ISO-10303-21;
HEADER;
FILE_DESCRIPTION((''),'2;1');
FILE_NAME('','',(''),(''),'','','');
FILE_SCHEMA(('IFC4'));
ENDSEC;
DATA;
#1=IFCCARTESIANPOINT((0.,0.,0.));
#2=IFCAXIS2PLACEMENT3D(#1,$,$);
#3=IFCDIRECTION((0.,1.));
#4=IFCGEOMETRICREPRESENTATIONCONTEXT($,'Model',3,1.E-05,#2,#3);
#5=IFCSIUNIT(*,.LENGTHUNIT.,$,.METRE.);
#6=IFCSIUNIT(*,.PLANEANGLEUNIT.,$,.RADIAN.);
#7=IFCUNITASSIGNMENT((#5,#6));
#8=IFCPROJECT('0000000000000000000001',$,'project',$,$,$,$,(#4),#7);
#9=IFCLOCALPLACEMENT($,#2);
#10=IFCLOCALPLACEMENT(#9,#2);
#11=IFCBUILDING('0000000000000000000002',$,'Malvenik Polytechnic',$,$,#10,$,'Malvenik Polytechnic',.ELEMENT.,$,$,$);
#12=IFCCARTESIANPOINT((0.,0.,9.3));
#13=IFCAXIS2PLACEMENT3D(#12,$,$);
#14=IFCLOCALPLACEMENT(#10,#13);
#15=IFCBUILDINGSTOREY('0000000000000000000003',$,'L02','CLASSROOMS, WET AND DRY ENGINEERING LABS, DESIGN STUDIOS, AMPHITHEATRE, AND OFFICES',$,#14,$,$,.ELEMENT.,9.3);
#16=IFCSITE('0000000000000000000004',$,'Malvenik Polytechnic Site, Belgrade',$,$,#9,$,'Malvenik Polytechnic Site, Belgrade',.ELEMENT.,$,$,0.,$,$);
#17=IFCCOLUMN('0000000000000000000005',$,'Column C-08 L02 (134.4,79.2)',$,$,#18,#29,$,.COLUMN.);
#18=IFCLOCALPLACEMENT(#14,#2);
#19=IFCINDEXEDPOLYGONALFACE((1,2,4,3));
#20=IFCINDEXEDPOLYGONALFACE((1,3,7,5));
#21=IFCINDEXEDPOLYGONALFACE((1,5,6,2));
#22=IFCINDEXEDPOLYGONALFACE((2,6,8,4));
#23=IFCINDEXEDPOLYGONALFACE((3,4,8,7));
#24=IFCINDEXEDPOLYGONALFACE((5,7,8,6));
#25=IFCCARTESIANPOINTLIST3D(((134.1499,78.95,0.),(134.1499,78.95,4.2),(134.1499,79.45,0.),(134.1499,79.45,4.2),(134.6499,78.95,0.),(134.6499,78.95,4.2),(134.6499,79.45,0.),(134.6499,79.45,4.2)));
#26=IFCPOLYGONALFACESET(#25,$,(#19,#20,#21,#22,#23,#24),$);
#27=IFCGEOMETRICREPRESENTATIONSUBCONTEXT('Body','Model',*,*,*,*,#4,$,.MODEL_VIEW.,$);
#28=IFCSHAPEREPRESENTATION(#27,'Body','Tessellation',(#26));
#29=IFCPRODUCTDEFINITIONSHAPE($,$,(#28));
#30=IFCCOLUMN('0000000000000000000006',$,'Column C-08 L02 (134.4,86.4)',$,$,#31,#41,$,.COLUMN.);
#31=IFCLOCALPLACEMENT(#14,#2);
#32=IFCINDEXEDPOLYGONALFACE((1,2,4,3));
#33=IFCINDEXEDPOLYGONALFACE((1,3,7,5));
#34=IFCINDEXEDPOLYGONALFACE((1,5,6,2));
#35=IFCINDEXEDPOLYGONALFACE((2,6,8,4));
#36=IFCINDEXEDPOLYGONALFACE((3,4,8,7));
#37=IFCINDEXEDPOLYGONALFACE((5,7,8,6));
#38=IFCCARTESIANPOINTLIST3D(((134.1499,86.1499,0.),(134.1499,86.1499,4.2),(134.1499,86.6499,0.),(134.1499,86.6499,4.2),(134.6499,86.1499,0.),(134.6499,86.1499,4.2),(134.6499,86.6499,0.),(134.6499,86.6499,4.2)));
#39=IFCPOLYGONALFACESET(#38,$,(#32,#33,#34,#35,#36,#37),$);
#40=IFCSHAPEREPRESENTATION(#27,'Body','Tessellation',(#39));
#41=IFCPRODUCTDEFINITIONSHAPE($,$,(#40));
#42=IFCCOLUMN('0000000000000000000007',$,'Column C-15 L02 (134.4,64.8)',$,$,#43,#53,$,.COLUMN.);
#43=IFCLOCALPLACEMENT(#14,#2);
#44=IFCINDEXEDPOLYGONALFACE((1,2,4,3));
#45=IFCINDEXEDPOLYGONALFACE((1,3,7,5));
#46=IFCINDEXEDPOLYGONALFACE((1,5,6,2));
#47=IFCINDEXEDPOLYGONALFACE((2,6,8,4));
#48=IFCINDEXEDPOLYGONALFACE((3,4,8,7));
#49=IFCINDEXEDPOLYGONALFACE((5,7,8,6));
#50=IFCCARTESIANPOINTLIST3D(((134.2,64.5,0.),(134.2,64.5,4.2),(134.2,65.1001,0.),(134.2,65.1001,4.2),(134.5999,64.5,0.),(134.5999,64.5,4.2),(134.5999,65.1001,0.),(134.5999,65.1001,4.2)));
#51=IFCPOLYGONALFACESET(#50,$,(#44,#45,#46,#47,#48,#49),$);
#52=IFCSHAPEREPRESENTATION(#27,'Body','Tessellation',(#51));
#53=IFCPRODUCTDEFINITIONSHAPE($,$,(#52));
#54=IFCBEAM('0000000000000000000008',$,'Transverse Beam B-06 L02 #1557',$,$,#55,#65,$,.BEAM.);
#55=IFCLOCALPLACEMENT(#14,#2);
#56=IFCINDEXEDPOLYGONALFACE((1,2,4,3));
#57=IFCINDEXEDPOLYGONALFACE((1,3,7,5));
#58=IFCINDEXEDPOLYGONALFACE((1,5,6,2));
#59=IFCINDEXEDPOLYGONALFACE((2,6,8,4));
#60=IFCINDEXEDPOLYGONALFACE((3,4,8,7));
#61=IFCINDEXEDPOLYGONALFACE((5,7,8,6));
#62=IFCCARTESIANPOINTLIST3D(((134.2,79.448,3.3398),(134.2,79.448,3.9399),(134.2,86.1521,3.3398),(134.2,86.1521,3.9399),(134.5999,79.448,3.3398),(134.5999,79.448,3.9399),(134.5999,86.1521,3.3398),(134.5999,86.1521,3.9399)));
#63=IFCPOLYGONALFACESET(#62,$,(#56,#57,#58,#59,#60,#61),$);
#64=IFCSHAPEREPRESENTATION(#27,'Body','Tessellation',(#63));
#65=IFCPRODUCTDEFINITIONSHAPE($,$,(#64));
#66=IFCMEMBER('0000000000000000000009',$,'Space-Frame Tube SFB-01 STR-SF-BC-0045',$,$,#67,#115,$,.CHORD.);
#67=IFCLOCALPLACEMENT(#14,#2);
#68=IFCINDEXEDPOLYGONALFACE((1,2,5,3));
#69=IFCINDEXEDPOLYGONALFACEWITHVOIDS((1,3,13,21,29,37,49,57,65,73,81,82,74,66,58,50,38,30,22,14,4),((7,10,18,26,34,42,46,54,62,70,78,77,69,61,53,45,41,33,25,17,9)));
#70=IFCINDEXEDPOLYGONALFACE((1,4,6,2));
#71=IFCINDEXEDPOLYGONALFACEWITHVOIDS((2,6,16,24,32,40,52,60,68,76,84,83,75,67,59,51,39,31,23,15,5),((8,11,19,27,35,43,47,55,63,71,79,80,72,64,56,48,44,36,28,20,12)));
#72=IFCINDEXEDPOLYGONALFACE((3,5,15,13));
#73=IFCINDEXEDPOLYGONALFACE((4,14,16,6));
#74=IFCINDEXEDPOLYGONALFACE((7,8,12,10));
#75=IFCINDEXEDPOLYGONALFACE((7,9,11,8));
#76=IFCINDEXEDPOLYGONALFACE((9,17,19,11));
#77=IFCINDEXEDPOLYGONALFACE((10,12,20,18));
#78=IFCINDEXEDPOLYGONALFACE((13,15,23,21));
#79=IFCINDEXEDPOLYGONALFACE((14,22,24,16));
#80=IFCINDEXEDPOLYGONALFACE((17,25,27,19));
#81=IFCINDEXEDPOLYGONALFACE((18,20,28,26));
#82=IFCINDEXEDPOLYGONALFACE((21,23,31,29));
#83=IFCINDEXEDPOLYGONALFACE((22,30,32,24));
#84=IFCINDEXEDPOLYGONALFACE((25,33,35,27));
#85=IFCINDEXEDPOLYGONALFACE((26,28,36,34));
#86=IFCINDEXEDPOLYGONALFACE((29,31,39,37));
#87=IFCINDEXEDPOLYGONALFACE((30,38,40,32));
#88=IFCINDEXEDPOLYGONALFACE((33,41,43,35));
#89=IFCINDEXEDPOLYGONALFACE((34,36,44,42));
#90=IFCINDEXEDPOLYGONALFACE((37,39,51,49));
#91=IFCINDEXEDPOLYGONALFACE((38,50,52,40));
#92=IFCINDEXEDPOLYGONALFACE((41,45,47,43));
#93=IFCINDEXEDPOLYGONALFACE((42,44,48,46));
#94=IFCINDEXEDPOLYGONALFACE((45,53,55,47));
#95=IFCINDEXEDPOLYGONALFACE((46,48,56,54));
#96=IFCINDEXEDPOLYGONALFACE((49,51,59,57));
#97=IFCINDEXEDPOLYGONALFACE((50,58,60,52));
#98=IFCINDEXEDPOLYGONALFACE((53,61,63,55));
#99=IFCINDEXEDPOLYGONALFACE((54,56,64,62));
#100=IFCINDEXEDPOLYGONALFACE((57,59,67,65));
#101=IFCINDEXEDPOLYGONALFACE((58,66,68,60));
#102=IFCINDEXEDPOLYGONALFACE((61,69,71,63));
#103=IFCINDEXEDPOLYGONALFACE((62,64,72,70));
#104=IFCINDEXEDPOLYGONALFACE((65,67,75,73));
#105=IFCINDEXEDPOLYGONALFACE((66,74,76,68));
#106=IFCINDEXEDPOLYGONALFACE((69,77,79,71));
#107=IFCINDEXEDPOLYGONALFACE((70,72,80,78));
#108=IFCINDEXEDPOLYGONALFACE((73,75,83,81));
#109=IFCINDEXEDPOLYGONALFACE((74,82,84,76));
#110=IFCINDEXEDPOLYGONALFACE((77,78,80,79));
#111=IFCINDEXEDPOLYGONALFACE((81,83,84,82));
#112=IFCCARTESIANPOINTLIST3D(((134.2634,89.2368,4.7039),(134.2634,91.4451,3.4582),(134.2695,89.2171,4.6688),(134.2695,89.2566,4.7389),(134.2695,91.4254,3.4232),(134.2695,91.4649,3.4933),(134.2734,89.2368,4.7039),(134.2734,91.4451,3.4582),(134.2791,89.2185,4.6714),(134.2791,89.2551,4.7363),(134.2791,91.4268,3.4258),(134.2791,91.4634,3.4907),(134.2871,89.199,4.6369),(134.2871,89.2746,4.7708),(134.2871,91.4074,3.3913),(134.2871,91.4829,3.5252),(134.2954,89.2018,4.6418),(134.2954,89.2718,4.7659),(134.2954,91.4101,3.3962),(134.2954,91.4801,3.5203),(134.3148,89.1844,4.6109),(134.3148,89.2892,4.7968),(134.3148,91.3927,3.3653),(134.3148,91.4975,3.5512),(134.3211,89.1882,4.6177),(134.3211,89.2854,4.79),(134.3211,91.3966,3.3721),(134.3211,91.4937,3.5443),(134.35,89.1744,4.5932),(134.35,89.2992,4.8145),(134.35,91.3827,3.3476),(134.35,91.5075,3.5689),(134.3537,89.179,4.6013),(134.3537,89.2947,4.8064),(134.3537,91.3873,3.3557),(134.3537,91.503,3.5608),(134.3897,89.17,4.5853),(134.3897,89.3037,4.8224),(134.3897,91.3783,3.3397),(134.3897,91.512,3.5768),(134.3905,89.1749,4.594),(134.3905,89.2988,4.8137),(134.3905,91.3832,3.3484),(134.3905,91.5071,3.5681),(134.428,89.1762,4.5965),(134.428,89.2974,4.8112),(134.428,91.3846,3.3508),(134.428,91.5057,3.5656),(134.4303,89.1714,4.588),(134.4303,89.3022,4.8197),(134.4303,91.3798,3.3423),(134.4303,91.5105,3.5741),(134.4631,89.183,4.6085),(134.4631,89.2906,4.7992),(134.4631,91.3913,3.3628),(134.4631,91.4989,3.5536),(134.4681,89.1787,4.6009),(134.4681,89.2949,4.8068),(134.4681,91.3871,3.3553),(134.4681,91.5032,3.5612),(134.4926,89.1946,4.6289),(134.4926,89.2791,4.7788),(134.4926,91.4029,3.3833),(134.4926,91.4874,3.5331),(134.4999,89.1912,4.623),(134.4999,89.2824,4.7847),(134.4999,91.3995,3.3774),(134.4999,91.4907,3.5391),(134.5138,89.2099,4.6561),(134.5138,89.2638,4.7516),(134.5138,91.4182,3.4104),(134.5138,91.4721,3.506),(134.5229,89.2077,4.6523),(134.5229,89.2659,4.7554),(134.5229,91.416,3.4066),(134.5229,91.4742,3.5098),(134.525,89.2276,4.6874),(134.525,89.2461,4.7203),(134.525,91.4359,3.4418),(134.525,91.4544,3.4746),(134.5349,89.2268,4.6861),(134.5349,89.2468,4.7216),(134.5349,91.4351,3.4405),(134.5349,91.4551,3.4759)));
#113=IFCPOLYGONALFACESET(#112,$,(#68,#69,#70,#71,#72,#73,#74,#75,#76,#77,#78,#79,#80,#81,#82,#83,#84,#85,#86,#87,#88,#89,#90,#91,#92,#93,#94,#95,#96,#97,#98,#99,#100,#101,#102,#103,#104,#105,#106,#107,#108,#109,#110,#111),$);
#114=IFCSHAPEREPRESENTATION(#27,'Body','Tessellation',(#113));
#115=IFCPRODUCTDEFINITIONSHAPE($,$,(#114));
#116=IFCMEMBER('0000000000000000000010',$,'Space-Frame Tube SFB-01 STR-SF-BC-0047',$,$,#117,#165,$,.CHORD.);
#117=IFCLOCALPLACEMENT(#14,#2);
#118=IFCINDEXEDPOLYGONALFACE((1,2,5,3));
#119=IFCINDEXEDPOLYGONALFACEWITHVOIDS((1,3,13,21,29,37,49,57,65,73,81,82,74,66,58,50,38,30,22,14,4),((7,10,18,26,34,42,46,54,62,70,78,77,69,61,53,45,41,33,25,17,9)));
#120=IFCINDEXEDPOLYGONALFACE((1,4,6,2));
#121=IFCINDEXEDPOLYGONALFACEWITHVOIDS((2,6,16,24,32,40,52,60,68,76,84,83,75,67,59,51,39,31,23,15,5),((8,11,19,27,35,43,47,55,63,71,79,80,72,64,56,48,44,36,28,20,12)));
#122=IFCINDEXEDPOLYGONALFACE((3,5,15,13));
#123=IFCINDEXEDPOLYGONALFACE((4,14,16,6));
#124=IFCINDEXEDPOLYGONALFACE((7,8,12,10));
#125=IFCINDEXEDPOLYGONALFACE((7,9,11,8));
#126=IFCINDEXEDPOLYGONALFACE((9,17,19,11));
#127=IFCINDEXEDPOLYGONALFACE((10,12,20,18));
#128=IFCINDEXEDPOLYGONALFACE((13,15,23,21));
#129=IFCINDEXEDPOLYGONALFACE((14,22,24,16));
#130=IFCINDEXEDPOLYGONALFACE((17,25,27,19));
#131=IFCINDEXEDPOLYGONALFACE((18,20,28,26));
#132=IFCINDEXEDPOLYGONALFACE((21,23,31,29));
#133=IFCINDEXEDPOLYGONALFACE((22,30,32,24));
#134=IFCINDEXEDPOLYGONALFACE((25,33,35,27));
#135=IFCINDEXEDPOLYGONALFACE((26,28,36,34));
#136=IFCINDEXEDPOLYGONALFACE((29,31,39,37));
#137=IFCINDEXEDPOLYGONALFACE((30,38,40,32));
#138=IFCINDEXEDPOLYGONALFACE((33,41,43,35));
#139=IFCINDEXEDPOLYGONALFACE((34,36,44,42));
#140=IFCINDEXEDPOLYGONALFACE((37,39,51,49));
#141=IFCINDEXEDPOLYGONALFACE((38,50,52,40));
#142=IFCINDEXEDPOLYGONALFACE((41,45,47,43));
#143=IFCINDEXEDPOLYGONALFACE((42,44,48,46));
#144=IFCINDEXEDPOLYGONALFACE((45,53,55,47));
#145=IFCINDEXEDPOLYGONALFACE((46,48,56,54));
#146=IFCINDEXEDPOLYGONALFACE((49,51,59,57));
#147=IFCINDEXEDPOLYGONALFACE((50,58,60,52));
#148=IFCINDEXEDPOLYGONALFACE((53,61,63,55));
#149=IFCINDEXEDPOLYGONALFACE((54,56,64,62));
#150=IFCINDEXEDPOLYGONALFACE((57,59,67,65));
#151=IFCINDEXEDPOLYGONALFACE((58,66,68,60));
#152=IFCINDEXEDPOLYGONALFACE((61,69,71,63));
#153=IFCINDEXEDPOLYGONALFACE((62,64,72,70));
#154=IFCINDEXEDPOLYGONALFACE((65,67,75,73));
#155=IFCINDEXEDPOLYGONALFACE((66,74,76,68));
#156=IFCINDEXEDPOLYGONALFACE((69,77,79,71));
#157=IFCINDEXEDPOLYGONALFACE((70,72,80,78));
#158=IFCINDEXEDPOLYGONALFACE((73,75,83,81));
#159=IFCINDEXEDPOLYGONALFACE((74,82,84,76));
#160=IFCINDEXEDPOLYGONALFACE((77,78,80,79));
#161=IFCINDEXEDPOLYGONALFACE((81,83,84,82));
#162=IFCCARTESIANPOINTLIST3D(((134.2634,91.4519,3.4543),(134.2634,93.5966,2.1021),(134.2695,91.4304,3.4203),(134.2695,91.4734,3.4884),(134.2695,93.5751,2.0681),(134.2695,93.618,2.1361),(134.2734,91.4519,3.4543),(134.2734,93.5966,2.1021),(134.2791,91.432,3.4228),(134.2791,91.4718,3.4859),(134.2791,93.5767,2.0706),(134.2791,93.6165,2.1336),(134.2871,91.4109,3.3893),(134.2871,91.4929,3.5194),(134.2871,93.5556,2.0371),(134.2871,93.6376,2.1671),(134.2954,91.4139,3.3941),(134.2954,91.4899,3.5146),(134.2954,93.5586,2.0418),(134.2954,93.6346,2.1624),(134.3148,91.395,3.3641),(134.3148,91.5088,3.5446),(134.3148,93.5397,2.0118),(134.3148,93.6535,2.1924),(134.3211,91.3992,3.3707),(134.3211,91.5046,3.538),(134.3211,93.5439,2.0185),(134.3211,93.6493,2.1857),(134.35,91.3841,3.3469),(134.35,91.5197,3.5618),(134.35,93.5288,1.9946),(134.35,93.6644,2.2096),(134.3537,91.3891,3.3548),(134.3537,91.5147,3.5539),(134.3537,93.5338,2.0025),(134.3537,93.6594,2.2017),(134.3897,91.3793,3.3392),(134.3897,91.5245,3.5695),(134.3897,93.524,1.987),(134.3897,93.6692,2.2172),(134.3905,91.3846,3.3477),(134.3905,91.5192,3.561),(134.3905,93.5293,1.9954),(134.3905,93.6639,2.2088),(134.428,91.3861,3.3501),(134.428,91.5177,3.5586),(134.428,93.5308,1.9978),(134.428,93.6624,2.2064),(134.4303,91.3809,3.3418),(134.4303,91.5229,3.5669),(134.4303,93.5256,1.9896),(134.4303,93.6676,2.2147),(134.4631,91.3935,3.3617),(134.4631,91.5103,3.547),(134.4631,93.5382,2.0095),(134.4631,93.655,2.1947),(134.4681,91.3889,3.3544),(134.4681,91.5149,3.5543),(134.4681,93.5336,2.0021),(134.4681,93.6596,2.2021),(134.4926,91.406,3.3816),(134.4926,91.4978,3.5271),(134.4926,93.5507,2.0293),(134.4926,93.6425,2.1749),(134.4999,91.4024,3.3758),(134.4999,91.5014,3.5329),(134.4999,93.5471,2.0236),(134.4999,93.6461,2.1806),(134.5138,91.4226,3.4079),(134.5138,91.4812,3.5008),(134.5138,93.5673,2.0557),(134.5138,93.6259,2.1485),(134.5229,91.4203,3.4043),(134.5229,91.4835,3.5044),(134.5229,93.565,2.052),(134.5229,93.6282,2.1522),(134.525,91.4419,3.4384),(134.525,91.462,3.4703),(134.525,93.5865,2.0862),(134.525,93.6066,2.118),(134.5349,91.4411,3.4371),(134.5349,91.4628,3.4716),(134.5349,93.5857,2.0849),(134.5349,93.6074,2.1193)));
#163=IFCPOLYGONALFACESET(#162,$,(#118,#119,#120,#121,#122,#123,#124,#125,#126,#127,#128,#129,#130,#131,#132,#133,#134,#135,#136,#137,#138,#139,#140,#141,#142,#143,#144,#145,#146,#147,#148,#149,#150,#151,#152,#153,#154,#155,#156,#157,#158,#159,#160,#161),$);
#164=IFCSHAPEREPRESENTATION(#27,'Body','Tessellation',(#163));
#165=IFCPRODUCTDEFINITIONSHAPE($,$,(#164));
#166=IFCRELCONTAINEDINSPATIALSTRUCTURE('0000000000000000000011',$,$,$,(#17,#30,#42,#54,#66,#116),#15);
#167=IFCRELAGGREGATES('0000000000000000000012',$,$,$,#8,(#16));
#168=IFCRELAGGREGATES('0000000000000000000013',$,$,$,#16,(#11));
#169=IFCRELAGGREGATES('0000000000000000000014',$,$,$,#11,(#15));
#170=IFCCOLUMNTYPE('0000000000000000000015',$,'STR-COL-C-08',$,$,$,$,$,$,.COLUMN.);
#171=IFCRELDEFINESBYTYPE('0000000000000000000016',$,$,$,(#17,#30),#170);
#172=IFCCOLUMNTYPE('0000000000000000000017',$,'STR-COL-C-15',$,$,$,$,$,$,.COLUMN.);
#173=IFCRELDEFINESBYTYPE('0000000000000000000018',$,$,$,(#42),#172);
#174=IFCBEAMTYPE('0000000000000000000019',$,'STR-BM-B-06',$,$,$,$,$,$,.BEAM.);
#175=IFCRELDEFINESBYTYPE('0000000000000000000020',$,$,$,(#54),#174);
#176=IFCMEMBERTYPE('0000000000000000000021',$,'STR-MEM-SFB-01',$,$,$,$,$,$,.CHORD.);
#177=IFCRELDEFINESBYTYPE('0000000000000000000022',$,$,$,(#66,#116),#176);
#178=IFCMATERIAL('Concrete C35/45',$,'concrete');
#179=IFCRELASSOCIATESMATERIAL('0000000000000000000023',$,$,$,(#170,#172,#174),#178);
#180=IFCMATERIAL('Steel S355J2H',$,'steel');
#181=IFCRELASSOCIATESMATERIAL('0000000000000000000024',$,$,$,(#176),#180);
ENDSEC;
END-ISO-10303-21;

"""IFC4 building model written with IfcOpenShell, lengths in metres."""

from ifc_helpers import new_model, si_unit, direction, frame, origin, origin_2d, place, context, subcontext, project, spatial, rectangle, hollow_circle, extrude, material, material_profile, profile_set, type_object, element, save


model = new_model("IFC4")

# Units and contexts
model_context = context("Model", 3, precision=1e-05, world=origin(), true_north=direction((0.0, 1.0)))
body_context = subcontext(model_context, "Body", "Model", "MODEL_VIEW")
ifc_project = project(units=[si_unit("LENGTHUNIT", "METRE"), si_unit("PLANEANGLEUNIT", "RADIAN")], contexts=[model_context])

# Site, building, storey
site_placement = place(None, origin())
site = spatial("IfcSite", under=ifc_project, at=site_placement, Name="Malvenik Polytechnic Site, Belgrade", LongName="Malvenik Polytechnic Site, Belgrade", CompositionType="ELEMENT", RefElevation=0.0)
building_placement = place(site_placement, origin())
building = spatial("IfcBuilding", under=site, at=building_placement, Name="Malvenik Polytechnic", LongName="Malvenik Polytechnic", CompositionType="ELEMENT")
storey_placement = place(building_placement, frame((0.0, 0.0, 9.3)))
storey = spatial("IfcBuildingStorey", under=building, at=storey_placement, Name="L02", Description="CLASSROOMS, WET AND DRY ENGINEERING LABS, DESIGN STUDIOS, AMPHITHEATRE, AND OFFICES", CompositionType="ELEMENT", Elevation=9.3)

# Columns
ifc_material_1 = material(Name="Concrete C35/45", Category="concrete")
ifc_material_profile_1 = material_profile(ifc_material_1, rectangle(XDim=0.5, YDim=0.5, at=origin_2d()), Name="RC COL 500x500")
ifc_profile_set_1 = profile_set([ifc_material_profile_1], Name="Concrete C35/45")
column_type_1 = type_object("IfcColumnType", Name="STR-COL-C-08", PredefinedType="COLUMN", material=ifc_profile_set_1)
for number, where, z_axis, x_axis, name in (
    (1, (134.3999, 79.2, 0.0), (0.0, 0.0, 1.0), (1.0, 0.0, 0.0), "Column C-08 L02 (134.4,79.2)"),
    (2, (134.3999, 86.3999, 0.0), (0.0, 0.0, 1.0), (1.0, 0.0, 0.0), "Column C-08 L02 (134.4,86.4)"),
):
    element("IfcColumn", number, at=place(storey_placement, frame(where, z_axis=z_axis, x_axis=x_axis)), inside=storey, type_object=column_type_1, Name=name, PredefinedType="COLUMN", context=body_context, shape_type="SweptSolid", body=[
        extrude(rectangle(XDim=0.5, YDim=0.5, at=origin_2d()), origin(), (0.0, 0.0, 1.0), 4.2),
    ])
ifc_material_profile_2 = material_profile(ifc_material_1, rectangle(XDim=0.3999, YDim=0.6001, at=origin_2d()), Name="RC COL 600x400")
ifc_profile_set_2 = profile_set([ifc_material_profile_2], Name="Concrete C35/45")
column_type_2 = type_object("IfcColumnType", Name="STR-COL-C-15", PredefinedType="COLUMN", material=ifc_profile_set_2)
column_placement = place(storey_placement, frame((134.3999, 64.8, 0.0), z_axis=(0.0, 0.0, 1.0), x_axis=(1.0, 0.0, 0.0)))
element("IfcColumn", 3, at=column_placement, inside=storey, type_object=column_type_2, Name="Column C-15 L02 (134.4,64.8)", PredefinedType="COLUMN", context=body_context, shape_type="SweptSolid", body=[
    extrude(rectangle(XDim=0.3999, YDim=0.6001, at=origin_2d()), origin(), (0.0, 0.0, 1.0), 4.2),
])

# Beam
ifc_material_profile_3 = material_profile(ifc_material_1, rectangle(XDim=0.3999, YDim=0.6001, at=origin_2d()), Name="RC BM 400x600")
ifc_profile_set_3 = profile_set([ifc_material_profile_3], Name="Concrete C35/45")
beam_type = type_object("IfcBeamType", Name="STR-BM-B-06", PredefinedType="BEAM", material=ifc_profile_set_3)
beam_placement = place(storey_placement, frame((134.3999, 79.448, 3.6399), z_axis=(0.0, 1.0, 0.0), x_axis=(-1.0, 0.0, 0.0)))
element("IfcBeam", 4, at=beam_placement, inside=storey, type_object=beam_type, Name="Transverse Beam B-06 L02 #1557", PredefinedType="BEAM", context=body_context, shape_type="SweptSolid", body=[
    extrude(rectangle(XDim=0.3999, YDim=0.6001, at=origin_2d()), origin(), (0.0, 0.0, 1.0), 6.7041),
])

# Members
ifc_material_2 = material(Name="Steel S355J2H", Category="steel")
ifc_material_profile_4 = material_profile(ifc_material_2, hollow_circle(Radius=0.1365, WallThickness=0.01, at=origin_2d()), Name="CHS 273.0x10.0")
ifc_profile_set_4 = profile_set([ifc_material_profile_4], Name="Steel S355J2H")
member_type_1 = type_object("IfcMemberType", Name="STR-MEM-SFB-01", PredefinedType="CHORD", material=ifc_profile_set_4)
for number, where, z_axis, x_axis, name in (
    (5, (134.3999, 89.2368, 4.7039), (0.0, 0.870991, -0.491299), (-1.0, 0.0, 0.0), "Space-Frame Tube SFB-01 STR-SF-BC-0045"),
    (6, (134.3999, 91.4519, 3.4543), (0.0, 0.845898, -0.533344), (-1.0, 0.0, 0.0), "Space-Frame Tube SFB-01 STR-SF-BC-0047"),
):
    element("IfcMember", number, at=place(storey_placement, frame(where, z_axis=z_axis, x_axis=x_axis)), inside=storey, type_object=member_type_1, Name=name, PredefinedType="CHORD", context=body_context, shape_type="SweptSolid", body=[
        extrude(hollow_circle(Radius=0.1365, WallThickness=0.01, at=origin_2d()), origin(), (0.0, 0.0, 1.0), 2.5354),
    ])

save(model, "model.ifc")
